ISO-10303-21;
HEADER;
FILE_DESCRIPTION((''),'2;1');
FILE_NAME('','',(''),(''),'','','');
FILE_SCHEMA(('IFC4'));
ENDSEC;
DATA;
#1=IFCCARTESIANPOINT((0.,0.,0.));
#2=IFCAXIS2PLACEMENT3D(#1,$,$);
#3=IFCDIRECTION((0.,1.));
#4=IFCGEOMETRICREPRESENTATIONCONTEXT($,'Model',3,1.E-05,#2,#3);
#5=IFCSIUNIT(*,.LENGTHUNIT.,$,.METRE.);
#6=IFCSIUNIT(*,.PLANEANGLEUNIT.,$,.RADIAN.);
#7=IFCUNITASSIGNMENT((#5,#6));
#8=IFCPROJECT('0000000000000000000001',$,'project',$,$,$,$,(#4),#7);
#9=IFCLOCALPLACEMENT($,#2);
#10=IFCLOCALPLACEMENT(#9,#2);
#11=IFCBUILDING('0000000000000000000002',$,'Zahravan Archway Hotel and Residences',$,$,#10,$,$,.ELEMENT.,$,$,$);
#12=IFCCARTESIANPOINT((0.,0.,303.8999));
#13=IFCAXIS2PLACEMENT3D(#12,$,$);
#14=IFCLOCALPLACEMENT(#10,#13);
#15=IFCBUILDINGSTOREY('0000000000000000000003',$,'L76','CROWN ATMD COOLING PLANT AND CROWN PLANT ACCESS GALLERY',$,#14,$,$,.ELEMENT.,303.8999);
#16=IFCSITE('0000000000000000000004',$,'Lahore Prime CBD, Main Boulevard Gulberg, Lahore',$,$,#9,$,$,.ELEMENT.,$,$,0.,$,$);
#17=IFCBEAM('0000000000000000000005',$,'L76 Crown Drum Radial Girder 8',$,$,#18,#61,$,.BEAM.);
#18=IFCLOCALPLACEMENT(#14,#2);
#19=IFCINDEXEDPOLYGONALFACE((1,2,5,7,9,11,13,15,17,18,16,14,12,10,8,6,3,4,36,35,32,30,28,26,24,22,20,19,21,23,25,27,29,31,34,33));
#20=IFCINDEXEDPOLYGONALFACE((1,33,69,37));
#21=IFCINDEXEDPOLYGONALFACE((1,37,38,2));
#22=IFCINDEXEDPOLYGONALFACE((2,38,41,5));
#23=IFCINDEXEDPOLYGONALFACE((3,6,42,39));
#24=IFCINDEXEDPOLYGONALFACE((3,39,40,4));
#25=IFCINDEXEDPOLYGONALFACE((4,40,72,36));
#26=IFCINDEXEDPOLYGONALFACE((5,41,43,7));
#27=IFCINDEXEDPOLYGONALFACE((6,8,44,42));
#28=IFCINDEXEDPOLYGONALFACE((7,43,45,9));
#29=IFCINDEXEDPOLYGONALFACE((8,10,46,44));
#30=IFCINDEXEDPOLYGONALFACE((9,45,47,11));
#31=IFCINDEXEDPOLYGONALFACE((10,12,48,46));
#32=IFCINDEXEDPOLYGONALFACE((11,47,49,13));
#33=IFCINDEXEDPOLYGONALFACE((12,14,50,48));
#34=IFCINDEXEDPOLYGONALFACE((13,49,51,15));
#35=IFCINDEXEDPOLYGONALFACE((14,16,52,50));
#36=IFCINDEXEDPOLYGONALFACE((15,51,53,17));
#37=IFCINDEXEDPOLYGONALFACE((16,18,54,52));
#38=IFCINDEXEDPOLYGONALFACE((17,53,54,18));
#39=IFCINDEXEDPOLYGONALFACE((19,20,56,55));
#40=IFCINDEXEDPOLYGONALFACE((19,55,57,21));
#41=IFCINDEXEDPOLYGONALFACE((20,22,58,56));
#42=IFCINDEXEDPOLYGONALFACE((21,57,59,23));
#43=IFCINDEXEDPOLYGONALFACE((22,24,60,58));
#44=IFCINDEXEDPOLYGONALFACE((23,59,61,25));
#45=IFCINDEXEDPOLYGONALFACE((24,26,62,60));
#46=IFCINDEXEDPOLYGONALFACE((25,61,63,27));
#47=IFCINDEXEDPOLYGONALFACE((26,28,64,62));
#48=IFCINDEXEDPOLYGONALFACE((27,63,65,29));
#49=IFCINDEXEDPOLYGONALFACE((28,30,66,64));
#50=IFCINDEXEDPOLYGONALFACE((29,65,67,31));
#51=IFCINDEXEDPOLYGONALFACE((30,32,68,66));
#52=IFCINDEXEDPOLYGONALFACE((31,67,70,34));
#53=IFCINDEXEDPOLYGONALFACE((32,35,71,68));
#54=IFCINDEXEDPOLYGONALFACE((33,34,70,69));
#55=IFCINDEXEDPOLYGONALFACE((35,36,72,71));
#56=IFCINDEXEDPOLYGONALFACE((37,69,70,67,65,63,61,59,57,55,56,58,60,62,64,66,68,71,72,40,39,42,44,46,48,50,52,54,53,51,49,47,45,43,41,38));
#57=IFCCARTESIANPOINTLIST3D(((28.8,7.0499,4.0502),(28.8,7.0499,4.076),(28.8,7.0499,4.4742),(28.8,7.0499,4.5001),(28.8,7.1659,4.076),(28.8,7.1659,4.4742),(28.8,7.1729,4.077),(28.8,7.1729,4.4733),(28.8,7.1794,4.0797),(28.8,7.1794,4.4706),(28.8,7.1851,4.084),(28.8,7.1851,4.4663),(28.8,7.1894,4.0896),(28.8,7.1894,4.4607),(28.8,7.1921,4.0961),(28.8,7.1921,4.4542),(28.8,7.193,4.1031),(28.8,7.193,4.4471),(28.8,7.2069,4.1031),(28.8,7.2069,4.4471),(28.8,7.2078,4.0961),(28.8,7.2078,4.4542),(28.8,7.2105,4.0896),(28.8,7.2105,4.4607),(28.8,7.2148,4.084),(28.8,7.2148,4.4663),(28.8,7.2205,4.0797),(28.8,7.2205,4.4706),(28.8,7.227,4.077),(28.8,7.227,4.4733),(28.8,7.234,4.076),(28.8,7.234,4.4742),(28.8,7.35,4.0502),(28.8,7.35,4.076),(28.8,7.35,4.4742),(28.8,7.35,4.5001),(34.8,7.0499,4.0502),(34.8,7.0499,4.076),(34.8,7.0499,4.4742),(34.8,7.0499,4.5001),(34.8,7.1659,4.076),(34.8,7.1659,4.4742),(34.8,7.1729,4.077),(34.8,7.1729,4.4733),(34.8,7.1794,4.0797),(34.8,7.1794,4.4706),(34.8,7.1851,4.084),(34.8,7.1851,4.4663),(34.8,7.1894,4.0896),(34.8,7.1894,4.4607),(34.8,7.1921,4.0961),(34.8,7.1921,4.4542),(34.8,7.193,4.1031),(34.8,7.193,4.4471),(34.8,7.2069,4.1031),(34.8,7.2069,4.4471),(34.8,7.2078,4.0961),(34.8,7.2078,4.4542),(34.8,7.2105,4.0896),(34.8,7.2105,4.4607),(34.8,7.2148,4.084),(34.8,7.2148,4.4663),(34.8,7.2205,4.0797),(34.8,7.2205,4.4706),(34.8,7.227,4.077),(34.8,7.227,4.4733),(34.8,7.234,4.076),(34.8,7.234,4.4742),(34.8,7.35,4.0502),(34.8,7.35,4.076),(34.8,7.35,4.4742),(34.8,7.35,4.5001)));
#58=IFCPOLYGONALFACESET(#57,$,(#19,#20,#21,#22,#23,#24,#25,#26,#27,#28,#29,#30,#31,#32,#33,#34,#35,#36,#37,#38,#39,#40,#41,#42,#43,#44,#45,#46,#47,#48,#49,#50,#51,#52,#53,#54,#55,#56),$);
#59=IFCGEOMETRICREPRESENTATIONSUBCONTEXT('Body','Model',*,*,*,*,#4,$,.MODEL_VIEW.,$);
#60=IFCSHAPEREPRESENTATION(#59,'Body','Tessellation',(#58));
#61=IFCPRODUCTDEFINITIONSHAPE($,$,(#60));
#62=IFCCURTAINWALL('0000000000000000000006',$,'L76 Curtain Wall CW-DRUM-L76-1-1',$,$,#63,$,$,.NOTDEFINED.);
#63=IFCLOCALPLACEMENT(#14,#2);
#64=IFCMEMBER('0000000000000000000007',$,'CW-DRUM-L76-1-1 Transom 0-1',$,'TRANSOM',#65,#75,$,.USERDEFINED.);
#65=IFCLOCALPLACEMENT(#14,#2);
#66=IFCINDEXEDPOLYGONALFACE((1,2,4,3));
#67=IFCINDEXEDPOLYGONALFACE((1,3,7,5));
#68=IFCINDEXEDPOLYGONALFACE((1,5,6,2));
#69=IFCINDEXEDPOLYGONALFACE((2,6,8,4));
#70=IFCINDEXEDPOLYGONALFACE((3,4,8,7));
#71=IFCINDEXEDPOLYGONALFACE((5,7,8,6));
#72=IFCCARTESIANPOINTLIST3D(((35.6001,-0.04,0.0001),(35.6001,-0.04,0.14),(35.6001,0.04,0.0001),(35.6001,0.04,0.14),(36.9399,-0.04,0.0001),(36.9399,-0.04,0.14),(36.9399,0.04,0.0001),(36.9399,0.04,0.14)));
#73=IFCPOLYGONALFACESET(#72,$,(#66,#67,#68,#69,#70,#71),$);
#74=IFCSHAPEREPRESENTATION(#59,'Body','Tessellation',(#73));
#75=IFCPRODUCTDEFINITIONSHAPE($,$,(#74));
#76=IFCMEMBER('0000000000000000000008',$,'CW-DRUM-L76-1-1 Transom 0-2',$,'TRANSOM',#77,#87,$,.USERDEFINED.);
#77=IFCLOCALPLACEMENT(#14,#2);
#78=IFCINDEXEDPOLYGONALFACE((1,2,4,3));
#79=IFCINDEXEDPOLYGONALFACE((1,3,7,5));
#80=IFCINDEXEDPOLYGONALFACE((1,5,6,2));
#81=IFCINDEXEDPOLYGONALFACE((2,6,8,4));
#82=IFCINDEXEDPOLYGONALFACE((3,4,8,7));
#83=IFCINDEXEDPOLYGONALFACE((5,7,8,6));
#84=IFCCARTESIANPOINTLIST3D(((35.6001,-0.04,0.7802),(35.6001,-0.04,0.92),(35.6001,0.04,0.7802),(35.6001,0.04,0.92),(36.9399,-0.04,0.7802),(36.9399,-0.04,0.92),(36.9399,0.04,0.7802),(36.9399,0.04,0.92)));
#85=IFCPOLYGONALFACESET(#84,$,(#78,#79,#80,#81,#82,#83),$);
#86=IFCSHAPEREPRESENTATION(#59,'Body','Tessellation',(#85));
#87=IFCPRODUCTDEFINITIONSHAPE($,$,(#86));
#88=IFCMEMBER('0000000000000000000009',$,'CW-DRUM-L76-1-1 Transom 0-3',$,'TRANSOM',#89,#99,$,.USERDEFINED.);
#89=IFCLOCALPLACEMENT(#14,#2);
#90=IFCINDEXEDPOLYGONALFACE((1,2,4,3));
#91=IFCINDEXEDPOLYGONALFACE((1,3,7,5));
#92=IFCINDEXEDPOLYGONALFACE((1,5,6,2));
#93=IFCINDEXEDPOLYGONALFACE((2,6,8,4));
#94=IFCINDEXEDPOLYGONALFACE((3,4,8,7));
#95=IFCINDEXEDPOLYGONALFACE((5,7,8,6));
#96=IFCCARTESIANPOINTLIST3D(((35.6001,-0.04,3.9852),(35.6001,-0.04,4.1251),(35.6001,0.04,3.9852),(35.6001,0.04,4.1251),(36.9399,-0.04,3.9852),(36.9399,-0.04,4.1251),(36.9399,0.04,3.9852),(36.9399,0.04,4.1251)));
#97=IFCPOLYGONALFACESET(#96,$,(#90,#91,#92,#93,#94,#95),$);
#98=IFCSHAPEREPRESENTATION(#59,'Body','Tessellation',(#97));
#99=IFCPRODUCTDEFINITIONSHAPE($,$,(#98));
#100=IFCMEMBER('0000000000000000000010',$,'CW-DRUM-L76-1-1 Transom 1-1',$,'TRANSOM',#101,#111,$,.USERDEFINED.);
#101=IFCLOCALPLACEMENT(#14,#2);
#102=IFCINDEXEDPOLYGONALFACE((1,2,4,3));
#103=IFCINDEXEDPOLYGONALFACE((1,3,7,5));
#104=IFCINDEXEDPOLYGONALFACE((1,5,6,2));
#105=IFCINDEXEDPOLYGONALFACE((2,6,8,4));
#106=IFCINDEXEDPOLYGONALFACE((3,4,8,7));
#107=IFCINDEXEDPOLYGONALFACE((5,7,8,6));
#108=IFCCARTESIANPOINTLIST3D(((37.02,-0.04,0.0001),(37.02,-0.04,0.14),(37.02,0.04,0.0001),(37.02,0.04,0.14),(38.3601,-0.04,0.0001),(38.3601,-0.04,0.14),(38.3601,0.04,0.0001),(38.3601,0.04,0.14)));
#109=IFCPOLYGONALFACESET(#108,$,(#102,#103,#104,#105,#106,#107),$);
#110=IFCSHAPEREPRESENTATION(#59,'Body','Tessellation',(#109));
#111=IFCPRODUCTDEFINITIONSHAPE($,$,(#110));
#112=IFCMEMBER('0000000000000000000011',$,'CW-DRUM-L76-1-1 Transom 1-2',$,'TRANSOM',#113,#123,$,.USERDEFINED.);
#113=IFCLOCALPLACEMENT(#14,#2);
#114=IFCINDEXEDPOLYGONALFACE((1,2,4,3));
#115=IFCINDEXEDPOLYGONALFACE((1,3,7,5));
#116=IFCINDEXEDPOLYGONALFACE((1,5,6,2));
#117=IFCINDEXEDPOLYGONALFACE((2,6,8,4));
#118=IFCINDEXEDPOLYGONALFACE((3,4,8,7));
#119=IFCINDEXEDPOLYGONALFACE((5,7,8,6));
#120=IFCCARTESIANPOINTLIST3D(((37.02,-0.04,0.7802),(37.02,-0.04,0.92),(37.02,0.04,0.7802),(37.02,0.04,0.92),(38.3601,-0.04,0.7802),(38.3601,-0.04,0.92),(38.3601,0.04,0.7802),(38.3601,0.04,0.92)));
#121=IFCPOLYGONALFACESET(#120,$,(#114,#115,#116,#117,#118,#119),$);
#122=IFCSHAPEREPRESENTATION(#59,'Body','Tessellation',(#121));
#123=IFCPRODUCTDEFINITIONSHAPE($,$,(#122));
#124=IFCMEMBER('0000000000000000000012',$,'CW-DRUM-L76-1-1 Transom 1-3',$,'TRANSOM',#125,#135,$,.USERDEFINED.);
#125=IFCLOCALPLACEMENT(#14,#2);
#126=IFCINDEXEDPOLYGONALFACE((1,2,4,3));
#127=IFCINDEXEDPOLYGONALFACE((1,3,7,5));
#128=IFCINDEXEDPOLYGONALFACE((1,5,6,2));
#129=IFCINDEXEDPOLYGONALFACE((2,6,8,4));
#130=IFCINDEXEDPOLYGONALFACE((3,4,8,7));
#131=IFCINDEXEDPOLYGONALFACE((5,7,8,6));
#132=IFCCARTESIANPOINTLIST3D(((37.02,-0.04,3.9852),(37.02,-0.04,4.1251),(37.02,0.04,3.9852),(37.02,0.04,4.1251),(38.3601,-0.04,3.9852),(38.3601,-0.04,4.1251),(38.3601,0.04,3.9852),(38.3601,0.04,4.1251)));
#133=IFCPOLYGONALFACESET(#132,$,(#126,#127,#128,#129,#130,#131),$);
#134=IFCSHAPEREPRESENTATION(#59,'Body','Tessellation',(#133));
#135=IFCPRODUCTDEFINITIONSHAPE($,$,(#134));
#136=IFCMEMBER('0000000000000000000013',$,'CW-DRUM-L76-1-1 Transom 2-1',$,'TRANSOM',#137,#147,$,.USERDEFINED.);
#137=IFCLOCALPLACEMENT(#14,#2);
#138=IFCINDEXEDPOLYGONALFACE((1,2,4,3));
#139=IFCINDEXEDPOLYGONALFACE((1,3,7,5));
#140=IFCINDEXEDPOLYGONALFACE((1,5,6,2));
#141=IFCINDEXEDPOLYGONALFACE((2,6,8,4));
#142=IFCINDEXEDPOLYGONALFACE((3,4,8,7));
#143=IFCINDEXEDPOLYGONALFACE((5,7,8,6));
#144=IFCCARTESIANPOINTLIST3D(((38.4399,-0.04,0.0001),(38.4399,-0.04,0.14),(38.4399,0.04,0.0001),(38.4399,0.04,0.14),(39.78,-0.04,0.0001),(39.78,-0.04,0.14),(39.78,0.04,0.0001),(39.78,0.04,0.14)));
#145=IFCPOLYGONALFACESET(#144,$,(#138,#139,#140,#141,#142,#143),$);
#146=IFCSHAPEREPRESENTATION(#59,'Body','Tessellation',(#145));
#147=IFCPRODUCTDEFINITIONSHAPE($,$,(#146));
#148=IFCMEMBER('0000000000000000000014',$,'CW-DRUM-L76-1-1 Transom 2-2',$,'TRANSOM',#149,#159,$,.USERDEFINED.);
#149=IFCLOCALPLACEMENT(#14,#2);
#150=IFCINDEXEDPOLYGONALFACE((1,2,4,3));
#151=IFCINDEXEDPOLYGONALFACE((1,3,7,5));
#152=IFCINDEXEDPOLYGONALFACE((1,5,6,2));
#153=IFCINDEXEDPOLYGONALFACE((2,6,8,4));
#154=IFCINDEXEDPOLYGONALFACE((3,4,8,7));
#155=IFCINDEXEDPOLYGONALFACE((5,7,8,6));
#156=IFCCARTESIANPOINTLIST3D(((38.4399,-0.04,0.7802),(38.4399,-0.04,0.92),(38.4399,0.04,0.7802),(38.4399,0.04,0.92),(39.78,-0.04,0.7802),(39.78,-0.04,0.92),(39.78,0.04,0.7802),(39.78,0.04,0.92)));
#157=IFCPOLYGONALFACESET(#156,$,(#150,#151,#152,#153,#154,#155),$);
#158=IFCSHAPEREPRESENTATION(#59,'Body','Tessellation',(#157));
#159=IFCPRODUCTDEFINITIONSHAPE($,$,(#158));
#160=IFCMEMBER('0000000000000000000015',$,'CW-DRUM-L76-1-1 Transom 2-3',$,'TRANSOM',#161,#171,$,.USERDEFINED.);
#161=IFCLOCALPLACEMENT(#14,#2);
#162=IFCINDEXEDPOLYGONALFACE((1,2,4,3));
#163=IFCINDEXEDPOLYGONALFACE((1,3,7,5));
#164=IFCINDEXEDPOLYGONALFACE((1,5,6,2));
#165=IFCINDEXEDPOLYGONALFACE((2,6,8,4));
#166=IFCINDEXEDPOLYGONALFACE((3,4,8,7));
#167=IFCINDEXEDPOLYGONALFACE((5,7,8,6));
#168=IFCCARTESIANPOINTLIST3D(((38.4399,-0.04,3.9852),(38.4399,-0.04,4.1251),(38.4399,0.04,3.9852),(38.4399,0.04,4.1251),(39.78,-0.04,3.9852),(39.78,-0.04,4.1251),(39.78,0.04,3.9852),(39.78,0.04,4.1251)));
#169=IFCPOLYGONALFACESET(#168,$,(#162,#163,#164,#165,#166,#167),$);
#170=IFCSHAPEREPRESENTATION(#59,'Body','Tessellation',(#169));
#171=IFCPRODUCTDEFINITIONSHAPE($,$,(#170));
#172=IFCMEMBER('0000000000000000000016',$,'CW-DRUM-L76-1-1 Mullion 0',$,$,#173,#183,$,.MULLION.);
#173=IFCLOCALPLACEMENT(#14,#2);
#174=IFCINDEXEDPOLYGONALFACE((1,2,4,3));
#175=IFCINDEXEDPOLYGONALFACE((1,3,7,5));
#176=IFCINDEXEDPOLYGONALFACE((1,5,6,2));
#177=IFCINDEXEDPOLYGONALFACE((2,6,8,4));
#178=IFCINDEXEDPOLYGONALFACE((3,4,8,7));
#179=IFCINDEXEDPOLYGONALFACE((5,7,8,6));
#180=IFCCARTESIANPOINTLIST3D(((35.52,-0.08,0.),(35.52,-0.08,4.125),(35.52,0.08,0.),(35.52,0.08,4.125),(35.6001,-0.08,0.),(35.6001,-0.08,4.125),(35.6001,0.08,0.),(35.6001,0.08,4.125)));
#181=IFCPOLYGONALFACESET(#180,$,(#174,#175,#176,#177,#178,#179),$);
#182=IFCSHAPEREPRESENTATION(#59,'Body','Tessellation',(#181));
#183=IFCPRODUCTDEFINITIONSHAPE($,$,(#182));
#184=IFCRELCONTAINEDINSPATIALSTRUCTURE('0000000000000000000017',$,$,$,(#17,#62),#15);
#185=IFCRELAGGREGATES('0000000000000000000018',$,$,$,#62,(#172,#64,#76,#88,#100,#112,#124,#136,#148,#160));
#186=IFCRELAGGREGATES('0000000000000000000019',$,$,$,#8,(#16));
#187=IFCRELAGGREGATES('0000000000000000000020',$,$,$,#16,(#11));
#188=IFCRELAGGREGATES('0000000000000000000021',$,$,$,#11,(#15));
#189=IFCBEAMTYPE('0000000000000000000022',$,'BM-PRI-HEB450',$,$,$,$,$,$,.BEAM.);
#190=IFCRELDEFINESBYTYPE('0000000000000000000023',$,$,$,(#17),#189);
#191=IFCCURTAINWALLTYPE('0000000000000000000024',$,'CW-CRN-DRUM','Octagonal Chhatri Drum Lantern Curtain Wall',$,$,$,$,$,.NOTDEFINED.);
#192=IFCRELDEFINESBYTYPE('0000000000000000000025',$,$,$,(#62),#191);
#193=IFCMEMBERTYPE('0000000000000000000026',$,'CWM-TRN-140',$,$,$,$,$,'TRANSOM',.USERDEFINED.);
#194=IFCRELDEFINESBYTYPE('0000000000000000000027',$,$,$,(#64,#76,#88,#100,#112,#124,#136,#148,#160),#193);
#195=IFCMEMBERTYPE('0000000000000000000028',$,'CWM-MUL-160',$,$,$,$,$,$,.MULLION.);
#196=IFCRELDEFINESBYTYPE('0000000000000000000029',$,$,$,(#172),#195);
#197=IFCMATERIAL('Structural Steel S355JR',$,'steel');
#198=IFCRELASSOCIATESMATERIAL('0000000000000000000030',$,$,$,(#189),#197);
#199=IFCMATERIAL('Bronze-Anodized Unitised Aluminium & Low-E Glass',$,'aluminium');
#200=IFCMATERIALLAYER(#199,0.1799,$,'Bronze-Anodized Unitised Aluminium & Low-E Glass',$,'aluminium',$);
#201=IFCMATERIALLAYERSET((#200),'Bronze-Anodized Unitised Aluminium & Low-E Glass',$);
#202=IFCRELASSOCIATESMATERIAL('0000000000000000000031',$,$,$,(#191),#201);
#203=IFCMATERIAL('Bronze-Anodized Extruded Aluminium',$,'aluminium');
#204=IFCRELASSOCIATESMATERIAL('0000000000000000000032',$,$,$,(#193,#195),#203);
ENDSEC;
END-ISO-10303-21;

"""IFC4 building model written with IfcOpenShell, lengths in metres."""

from ifc_helpers import new_model, si_unit, direction, frame, origin, origin_2d, place, context, subcontext, project, spatial, rectangle, i_section, extrude, source, transform, mapped, material, layer, layer_set, material_profile, profile_set, type_object, element, aggregate, save


model = new_model("IFC4")

# Units and contexts
model_context = context("Model", 3, precision=1e-05, world=origin(), true_north=direction((0.0, 1.0)))
body_context = subcontext(model_context, "Body", "Model", "MODEL_VIEW")
ifc_project = project(units=[si_unit("LENGTHUNIT", "METRE"), si_unit("PLANEANGLEUNIT", "RADIAN")], contexts=[model_context])

# Site, building, storey
site_placement = place(None, origin())
site = spatial("IfcSite", under=ifc_project, at=site_placement, Name="Lahore Prime CBD, Main Boulevard Gulberg, Lahore", CompositionType="ELEMENT", RefElevation=0.0)
building_placement = place(site_placement, origin())
building = spatial("IfcBuilding", under=site, at=building_placement, Name="Zahravan Archway Hotel and Residences", CompositionType="ELEMENT")
storey_placement = place(building_placement, frame((0.0, 0.0, 303.8999)))
storey = spatial("IfcBuildingStorey", under=building, at=storey_placement, Name="L76", Description="CROWN ATMD COOLING PLANT AND CROWN PLANT ACCESS GALLERY", CompositionType="ELEMENT", Elevation=303.8999)

# Beam
ifc_material_1 = material(Name="Structural Steel S355JR", Category="steel")
ifc_material_profile_1 = material_profile(ifc_material_1, i_section(OverallWidth=0.3, OverallDepth=0.45, WebThickness=0.0139, FlangeThickness=0.0259, FilletRadius=0.0271, at=origin_2d()), Name="HEB 450", Category="steel")
ifc_profile_set_1 = profile_set([ifc_material_profile_1], Name="Structural Steel S355JR")
beam_type = type_object("IfcBeamType", Name="BM-PRI-HEB450", PredefinedType="BEAM", material=ifc_profile_set_1)
shared_shape_1 = source(origin(), body_context, "Body", "SweptSolid", [
    extrude(i_section(OverallWidth=0.3, OverallDepth=0.45, WebThickness=0.0139, FlangeThickness=0.0259, FilletRadius=0.0271, at=origin_2d()), origin(), (0.0, 0.0, 1.0), 6.0),
])
beam_placement = place(storey_placement, frame((34.8, 7.2, 4.2751), z_axis=(-1.0, 0.0, 0.0), x_axis=(0.0, -1.0, 0.0)))
element("IfcBeam", 1, at=beam_placement, inside=storey, type_object=beam_type, Name="L76 Crown Drum Radial Girder 8", PredefinedType="BEAM", context=body_context, shape_type="MappedRepresentation", body=[
    mapped(shared_shape_1, transform((0.0, 0.0, 0.0), scale=1.0)),
])

# Curtain wall, members
ifc_material_2 = material(Name="Bronze-Anodized Unitised Aluminium & Low-E Glass", Category="aluminium")
ifc_layer_1 = layer(ifc_material_2, 0.1799, Name="Bronze-Anodized Unitised Aluminium & Low-E Glass", Category="aluminium")
ifc_layer_set_1 = layer_set([ifc_layer_1], Name="Bronze-Anodized Unitised Aluminium & Low-E Glass")
curtain_wall_type = type_object("IfcCurtainWallType", Name="CW-CRN-DRUM", Description="Octagonal Chhatri Drum Lantern Curtain Wall", PredefinedType="NOTDEFINED", material=ifc_layer_set_1)
curtain_wall_placement = place(storey_placement, origin())
curtain_wall = element("IfcCurtainWall", 2, at=curtain_wall_placement, inside=storey, type_object=curtain_wall_type, Name="L76 Curtain Wall CW-DRUM-L76-1-1", PredefinedType="NOTDEFINED")
ifc_material_3 = material(Name="Bronze-Anodized Extruded Aluminium", Category="aluminium")
ifc_material_profile_2 = material_profile(ifc_material_3, rectangle(XDim=0.0801, YDim=0.1399, at=origin_2d()), Name="TRN 80x140", Category="aluminium")
ifc_profile_set_2 = profile_set([ifc_material_profile_2], Name="Bronze-Anodized Extruded Aluminium")
member_type_1 = type_object("IfcMemberType", Name="CWM-TRN-140", ElementType="TRANSOM", PredefinedType="USERDEFINED", material=ifc_profile_set_2)
shared_shape_2 = source(origin(), body_context, "Body", "SweptSolid", [
    extrude(rectangle(XDim=0.0801, YDim=0.1399, at=origin_2d()), origin(), (0.0, 0.0, 1.0), 1.3398),
])
member_1_placement = place(storey_placement, frame((35.6001, 0.0, 0.0701), z_axis=(1.0, 0.0, 0.0), x_axis=(0.0, 1.0, 0.0)))
member_1 = element("IfcMember", 3, at=member_1_placement, type_object=member_type_1, Name="CW-DRUM-L76-1-1 Transom 0-1", ObjectType="TRANSOM", PredefinedType="USERDEFINED", context=body_context, shape_type="MappedRepresentation", body=[
    mapped(shared_shape_2, transform((0.0, 0.0, 0.0), scale=1.0)),
])
member_2_placement = place(storey_placement, frame((35.6001, 0.0, 0.8501), z_axis=(1.0, 0.0, 0.0), x_axis=(0.0, 1.0, 0.0)))
member_2 = element("IfcMember", 4, at=member_2_placement, type_object=member_type_1, Name="CW-DRUM-L76-1-1 Transom 0-2", ObjectType="TRANSOM", PredefinedType="USERDEFINED", context=body_context, shape_type="MappedRepresentation", body=[
    mapped(shared_shape_2, transform((0.0, 0.0, 0.0), scale=1.0)),
])
member_3_placement = place(storey_placement, frame((35.6001, 0.0, 4.0552), z_axis=(1.0, 0.0, 0.0), x_axis=(0.0, 1.0, 0.0)))
member_3 = element("IfcMember", 5, at=member_3_placement, type_object=member_type_1, Name="CW-DRUM-L76-1-1 Transom 0-3", ObjectType="TRANSOM", PredefinedType="USERDEFINED", context=body_context, shape_type="MappedRepresentation", body=[
    mapped(shared_shape_2, transform((0.0, 0.0, 0.0), scale=1.0)),
])
shared_shape_3 = source(origin(), body_context, "Body", "SweptSolid", [
    extrude(rectangle(XDim=0.0801, YDim=0.1399, at=origin_2d()), origin(), (0.0, 0.0, 1.0), 1.3401),
])
member_4_placement = place(storey_placement, frame((37.02, 0.0, 0.0701), z_axis=(1.0, 0.0, 0.0), x_axis=(0.0, 1.0, 0.0)))
member_4 = element("IfcMember", 6, at=member_4_placement, type_object=member_type_1, Name="CW-DRUM-L76-1-1 Transom 1-1", ObjectType="TRANSOM", PredefinedType="USERDEFINED", context=body_context, shape_type="MappedRepresentation", body=[
    mapped(shared_shape_3, transform((0.0, 0.0, 0.0), scale=1.0)),
])
member_5_placement = place(storey_placement, frame((37.02, 0.0, 0.8501), z_axis=(1.0, 0.0, 0.0), x_axis=(0.0, 1.0, 0.0)))
member_5 = element("IfcMember", 7, at=member_5_placement, type_object=member_type_1, Name="CW-DRUM-L76-1-1 Transom 1-2", ObjectType="TRANSOM", PredefinedType="USERDEFINED", context=body_context, shape_type="MappedRepresentation", body=[
    mapped(shared_shape_3, transform((0.0, 0.0, 0.0), scale=1.0)),
])
member_6_placement = place(storey_placement, frame((37.02, 0.0, 4.0552), z_axis=(1.0, 0.0, 0.0), x_axis=(0.0, 1.0, 0.0)))
member_6 = element("IfcMember", 8, at=member_6_placement, type_object=member_type_1, Name="CW-DRUM-L76-1-1 Transom 1-3", ObjectType="TRANSOM", PredefinedType="USERDEFINED", context=body_context, shape_type="MappedRepresentation", body=[
    mapped(shared_shape_3, transform((0.0, 0.0, 0.0), scale=1.0)),
])
member_7_placement = place(storey_placement, frame((38.4399, 0.0, 0.0701), z_axis=(1.0, 0.0, 0.0), x_axis=(0.0, 1.0, 0.0)))
member_7 = element("IfcMember", 9, at=member_7_placement, type_object=member_type_1, Name="CW-DRUM-L76-1-1 Transom 2-1", ObjectType="TRANSOM", PredefinedType="USERDEFINED", context=body_context, shape_type="MappedRepresentation", body=[
    mapped(shared_shape_3, transform((0.0, 0.0, 0.0), scale=1.0)),
])
member_8_placement = place(storey_placement, frame((38.4399, 0.0, 0.8501), z_axis=(1.0, 0.0, 0.0), x_axis=(0.0, 1.0, 0.0)))
member_8 = element("IfcMember", 10, at=member_8_placement, type_object=member_type_1, Name="CW-DRUM-L76-1-1 Transom 2-2", ObjectType="TRANSOM", PredefinedType="USERDEFINED", context=body_context, shape_type="MappedRepresentation", body=[
    mapped(shared_shape_3, transform((0.0, 0.0, 0.0), scale=1.0)),
])
member_9_placement = place(storey_placement, frame((38.4399, 0.0, 4.0552), z_axis=(1.0, 0.0, 0.0), x_axis=(0.0, 1.0, 0.0)))
member_9 = element("IfcMember", 11, at=member_9_placement, type_object=member_type_1, Name="CW-DRUM-L76-1-1 Transom 2-3", ObjectType="TRANSOM", PredefinedType="USERDEFINED", context=body_context, shape_type="MappedRepresentation", body=[
    mapped(shared_shape_3, transform((0.0, 0.0, 0.0), scale=1.0)),
])
ifc_material_profile_3 = material_profile(ifc_material_3, rectangle(XDim=0.0801, YDim=0.1599, at=origin_2d()), Name="MUL 80x160", Category="aluminium")
ifc_profile_set_3 = profile_set([ifc_material_profile_3], Name="Bronze-Anodized Extruded Aluminium")
member_type_2 = type_object("IfcMemberType", Name="CWM-MUL-160", PredefinedType="MULLION", material=ifc_profile_set_3)
shared_shape_4 = source(origin(), body_context, "Body", "SweptSolid", [
    extrude(rectangle(XDim=0.0801, YDim=0.1599, at=origin_2d()), origin(), (0.0, 0.0, 1.0), 4.125),
])
member_10_placement = place(storey_placement, frame((35.5601, 0.0, 0.0), z_axis=(0.0, 0.0, 1.0), x_axis=(1.0, 0.0, 0.0)))
member_10 = element("IfcMember", 12, at=member_10_placement, type_object=member_type_2, Name="CW-DRUM-L76-1-1 Mullion 0", PredefinedType="MULLION", context=body_context, shape_type="MappedRepresentation", body=[
    mapped(shared_shape_4, transform((0.0, 0.0, 0.0), scale=1.0)),
])
aggregate(curtain_wall, [member_10, member_1, member_2, member_3, member_4, member_5, member_6, member_7, member_8, member_9])

save(model, "model.ifc")
